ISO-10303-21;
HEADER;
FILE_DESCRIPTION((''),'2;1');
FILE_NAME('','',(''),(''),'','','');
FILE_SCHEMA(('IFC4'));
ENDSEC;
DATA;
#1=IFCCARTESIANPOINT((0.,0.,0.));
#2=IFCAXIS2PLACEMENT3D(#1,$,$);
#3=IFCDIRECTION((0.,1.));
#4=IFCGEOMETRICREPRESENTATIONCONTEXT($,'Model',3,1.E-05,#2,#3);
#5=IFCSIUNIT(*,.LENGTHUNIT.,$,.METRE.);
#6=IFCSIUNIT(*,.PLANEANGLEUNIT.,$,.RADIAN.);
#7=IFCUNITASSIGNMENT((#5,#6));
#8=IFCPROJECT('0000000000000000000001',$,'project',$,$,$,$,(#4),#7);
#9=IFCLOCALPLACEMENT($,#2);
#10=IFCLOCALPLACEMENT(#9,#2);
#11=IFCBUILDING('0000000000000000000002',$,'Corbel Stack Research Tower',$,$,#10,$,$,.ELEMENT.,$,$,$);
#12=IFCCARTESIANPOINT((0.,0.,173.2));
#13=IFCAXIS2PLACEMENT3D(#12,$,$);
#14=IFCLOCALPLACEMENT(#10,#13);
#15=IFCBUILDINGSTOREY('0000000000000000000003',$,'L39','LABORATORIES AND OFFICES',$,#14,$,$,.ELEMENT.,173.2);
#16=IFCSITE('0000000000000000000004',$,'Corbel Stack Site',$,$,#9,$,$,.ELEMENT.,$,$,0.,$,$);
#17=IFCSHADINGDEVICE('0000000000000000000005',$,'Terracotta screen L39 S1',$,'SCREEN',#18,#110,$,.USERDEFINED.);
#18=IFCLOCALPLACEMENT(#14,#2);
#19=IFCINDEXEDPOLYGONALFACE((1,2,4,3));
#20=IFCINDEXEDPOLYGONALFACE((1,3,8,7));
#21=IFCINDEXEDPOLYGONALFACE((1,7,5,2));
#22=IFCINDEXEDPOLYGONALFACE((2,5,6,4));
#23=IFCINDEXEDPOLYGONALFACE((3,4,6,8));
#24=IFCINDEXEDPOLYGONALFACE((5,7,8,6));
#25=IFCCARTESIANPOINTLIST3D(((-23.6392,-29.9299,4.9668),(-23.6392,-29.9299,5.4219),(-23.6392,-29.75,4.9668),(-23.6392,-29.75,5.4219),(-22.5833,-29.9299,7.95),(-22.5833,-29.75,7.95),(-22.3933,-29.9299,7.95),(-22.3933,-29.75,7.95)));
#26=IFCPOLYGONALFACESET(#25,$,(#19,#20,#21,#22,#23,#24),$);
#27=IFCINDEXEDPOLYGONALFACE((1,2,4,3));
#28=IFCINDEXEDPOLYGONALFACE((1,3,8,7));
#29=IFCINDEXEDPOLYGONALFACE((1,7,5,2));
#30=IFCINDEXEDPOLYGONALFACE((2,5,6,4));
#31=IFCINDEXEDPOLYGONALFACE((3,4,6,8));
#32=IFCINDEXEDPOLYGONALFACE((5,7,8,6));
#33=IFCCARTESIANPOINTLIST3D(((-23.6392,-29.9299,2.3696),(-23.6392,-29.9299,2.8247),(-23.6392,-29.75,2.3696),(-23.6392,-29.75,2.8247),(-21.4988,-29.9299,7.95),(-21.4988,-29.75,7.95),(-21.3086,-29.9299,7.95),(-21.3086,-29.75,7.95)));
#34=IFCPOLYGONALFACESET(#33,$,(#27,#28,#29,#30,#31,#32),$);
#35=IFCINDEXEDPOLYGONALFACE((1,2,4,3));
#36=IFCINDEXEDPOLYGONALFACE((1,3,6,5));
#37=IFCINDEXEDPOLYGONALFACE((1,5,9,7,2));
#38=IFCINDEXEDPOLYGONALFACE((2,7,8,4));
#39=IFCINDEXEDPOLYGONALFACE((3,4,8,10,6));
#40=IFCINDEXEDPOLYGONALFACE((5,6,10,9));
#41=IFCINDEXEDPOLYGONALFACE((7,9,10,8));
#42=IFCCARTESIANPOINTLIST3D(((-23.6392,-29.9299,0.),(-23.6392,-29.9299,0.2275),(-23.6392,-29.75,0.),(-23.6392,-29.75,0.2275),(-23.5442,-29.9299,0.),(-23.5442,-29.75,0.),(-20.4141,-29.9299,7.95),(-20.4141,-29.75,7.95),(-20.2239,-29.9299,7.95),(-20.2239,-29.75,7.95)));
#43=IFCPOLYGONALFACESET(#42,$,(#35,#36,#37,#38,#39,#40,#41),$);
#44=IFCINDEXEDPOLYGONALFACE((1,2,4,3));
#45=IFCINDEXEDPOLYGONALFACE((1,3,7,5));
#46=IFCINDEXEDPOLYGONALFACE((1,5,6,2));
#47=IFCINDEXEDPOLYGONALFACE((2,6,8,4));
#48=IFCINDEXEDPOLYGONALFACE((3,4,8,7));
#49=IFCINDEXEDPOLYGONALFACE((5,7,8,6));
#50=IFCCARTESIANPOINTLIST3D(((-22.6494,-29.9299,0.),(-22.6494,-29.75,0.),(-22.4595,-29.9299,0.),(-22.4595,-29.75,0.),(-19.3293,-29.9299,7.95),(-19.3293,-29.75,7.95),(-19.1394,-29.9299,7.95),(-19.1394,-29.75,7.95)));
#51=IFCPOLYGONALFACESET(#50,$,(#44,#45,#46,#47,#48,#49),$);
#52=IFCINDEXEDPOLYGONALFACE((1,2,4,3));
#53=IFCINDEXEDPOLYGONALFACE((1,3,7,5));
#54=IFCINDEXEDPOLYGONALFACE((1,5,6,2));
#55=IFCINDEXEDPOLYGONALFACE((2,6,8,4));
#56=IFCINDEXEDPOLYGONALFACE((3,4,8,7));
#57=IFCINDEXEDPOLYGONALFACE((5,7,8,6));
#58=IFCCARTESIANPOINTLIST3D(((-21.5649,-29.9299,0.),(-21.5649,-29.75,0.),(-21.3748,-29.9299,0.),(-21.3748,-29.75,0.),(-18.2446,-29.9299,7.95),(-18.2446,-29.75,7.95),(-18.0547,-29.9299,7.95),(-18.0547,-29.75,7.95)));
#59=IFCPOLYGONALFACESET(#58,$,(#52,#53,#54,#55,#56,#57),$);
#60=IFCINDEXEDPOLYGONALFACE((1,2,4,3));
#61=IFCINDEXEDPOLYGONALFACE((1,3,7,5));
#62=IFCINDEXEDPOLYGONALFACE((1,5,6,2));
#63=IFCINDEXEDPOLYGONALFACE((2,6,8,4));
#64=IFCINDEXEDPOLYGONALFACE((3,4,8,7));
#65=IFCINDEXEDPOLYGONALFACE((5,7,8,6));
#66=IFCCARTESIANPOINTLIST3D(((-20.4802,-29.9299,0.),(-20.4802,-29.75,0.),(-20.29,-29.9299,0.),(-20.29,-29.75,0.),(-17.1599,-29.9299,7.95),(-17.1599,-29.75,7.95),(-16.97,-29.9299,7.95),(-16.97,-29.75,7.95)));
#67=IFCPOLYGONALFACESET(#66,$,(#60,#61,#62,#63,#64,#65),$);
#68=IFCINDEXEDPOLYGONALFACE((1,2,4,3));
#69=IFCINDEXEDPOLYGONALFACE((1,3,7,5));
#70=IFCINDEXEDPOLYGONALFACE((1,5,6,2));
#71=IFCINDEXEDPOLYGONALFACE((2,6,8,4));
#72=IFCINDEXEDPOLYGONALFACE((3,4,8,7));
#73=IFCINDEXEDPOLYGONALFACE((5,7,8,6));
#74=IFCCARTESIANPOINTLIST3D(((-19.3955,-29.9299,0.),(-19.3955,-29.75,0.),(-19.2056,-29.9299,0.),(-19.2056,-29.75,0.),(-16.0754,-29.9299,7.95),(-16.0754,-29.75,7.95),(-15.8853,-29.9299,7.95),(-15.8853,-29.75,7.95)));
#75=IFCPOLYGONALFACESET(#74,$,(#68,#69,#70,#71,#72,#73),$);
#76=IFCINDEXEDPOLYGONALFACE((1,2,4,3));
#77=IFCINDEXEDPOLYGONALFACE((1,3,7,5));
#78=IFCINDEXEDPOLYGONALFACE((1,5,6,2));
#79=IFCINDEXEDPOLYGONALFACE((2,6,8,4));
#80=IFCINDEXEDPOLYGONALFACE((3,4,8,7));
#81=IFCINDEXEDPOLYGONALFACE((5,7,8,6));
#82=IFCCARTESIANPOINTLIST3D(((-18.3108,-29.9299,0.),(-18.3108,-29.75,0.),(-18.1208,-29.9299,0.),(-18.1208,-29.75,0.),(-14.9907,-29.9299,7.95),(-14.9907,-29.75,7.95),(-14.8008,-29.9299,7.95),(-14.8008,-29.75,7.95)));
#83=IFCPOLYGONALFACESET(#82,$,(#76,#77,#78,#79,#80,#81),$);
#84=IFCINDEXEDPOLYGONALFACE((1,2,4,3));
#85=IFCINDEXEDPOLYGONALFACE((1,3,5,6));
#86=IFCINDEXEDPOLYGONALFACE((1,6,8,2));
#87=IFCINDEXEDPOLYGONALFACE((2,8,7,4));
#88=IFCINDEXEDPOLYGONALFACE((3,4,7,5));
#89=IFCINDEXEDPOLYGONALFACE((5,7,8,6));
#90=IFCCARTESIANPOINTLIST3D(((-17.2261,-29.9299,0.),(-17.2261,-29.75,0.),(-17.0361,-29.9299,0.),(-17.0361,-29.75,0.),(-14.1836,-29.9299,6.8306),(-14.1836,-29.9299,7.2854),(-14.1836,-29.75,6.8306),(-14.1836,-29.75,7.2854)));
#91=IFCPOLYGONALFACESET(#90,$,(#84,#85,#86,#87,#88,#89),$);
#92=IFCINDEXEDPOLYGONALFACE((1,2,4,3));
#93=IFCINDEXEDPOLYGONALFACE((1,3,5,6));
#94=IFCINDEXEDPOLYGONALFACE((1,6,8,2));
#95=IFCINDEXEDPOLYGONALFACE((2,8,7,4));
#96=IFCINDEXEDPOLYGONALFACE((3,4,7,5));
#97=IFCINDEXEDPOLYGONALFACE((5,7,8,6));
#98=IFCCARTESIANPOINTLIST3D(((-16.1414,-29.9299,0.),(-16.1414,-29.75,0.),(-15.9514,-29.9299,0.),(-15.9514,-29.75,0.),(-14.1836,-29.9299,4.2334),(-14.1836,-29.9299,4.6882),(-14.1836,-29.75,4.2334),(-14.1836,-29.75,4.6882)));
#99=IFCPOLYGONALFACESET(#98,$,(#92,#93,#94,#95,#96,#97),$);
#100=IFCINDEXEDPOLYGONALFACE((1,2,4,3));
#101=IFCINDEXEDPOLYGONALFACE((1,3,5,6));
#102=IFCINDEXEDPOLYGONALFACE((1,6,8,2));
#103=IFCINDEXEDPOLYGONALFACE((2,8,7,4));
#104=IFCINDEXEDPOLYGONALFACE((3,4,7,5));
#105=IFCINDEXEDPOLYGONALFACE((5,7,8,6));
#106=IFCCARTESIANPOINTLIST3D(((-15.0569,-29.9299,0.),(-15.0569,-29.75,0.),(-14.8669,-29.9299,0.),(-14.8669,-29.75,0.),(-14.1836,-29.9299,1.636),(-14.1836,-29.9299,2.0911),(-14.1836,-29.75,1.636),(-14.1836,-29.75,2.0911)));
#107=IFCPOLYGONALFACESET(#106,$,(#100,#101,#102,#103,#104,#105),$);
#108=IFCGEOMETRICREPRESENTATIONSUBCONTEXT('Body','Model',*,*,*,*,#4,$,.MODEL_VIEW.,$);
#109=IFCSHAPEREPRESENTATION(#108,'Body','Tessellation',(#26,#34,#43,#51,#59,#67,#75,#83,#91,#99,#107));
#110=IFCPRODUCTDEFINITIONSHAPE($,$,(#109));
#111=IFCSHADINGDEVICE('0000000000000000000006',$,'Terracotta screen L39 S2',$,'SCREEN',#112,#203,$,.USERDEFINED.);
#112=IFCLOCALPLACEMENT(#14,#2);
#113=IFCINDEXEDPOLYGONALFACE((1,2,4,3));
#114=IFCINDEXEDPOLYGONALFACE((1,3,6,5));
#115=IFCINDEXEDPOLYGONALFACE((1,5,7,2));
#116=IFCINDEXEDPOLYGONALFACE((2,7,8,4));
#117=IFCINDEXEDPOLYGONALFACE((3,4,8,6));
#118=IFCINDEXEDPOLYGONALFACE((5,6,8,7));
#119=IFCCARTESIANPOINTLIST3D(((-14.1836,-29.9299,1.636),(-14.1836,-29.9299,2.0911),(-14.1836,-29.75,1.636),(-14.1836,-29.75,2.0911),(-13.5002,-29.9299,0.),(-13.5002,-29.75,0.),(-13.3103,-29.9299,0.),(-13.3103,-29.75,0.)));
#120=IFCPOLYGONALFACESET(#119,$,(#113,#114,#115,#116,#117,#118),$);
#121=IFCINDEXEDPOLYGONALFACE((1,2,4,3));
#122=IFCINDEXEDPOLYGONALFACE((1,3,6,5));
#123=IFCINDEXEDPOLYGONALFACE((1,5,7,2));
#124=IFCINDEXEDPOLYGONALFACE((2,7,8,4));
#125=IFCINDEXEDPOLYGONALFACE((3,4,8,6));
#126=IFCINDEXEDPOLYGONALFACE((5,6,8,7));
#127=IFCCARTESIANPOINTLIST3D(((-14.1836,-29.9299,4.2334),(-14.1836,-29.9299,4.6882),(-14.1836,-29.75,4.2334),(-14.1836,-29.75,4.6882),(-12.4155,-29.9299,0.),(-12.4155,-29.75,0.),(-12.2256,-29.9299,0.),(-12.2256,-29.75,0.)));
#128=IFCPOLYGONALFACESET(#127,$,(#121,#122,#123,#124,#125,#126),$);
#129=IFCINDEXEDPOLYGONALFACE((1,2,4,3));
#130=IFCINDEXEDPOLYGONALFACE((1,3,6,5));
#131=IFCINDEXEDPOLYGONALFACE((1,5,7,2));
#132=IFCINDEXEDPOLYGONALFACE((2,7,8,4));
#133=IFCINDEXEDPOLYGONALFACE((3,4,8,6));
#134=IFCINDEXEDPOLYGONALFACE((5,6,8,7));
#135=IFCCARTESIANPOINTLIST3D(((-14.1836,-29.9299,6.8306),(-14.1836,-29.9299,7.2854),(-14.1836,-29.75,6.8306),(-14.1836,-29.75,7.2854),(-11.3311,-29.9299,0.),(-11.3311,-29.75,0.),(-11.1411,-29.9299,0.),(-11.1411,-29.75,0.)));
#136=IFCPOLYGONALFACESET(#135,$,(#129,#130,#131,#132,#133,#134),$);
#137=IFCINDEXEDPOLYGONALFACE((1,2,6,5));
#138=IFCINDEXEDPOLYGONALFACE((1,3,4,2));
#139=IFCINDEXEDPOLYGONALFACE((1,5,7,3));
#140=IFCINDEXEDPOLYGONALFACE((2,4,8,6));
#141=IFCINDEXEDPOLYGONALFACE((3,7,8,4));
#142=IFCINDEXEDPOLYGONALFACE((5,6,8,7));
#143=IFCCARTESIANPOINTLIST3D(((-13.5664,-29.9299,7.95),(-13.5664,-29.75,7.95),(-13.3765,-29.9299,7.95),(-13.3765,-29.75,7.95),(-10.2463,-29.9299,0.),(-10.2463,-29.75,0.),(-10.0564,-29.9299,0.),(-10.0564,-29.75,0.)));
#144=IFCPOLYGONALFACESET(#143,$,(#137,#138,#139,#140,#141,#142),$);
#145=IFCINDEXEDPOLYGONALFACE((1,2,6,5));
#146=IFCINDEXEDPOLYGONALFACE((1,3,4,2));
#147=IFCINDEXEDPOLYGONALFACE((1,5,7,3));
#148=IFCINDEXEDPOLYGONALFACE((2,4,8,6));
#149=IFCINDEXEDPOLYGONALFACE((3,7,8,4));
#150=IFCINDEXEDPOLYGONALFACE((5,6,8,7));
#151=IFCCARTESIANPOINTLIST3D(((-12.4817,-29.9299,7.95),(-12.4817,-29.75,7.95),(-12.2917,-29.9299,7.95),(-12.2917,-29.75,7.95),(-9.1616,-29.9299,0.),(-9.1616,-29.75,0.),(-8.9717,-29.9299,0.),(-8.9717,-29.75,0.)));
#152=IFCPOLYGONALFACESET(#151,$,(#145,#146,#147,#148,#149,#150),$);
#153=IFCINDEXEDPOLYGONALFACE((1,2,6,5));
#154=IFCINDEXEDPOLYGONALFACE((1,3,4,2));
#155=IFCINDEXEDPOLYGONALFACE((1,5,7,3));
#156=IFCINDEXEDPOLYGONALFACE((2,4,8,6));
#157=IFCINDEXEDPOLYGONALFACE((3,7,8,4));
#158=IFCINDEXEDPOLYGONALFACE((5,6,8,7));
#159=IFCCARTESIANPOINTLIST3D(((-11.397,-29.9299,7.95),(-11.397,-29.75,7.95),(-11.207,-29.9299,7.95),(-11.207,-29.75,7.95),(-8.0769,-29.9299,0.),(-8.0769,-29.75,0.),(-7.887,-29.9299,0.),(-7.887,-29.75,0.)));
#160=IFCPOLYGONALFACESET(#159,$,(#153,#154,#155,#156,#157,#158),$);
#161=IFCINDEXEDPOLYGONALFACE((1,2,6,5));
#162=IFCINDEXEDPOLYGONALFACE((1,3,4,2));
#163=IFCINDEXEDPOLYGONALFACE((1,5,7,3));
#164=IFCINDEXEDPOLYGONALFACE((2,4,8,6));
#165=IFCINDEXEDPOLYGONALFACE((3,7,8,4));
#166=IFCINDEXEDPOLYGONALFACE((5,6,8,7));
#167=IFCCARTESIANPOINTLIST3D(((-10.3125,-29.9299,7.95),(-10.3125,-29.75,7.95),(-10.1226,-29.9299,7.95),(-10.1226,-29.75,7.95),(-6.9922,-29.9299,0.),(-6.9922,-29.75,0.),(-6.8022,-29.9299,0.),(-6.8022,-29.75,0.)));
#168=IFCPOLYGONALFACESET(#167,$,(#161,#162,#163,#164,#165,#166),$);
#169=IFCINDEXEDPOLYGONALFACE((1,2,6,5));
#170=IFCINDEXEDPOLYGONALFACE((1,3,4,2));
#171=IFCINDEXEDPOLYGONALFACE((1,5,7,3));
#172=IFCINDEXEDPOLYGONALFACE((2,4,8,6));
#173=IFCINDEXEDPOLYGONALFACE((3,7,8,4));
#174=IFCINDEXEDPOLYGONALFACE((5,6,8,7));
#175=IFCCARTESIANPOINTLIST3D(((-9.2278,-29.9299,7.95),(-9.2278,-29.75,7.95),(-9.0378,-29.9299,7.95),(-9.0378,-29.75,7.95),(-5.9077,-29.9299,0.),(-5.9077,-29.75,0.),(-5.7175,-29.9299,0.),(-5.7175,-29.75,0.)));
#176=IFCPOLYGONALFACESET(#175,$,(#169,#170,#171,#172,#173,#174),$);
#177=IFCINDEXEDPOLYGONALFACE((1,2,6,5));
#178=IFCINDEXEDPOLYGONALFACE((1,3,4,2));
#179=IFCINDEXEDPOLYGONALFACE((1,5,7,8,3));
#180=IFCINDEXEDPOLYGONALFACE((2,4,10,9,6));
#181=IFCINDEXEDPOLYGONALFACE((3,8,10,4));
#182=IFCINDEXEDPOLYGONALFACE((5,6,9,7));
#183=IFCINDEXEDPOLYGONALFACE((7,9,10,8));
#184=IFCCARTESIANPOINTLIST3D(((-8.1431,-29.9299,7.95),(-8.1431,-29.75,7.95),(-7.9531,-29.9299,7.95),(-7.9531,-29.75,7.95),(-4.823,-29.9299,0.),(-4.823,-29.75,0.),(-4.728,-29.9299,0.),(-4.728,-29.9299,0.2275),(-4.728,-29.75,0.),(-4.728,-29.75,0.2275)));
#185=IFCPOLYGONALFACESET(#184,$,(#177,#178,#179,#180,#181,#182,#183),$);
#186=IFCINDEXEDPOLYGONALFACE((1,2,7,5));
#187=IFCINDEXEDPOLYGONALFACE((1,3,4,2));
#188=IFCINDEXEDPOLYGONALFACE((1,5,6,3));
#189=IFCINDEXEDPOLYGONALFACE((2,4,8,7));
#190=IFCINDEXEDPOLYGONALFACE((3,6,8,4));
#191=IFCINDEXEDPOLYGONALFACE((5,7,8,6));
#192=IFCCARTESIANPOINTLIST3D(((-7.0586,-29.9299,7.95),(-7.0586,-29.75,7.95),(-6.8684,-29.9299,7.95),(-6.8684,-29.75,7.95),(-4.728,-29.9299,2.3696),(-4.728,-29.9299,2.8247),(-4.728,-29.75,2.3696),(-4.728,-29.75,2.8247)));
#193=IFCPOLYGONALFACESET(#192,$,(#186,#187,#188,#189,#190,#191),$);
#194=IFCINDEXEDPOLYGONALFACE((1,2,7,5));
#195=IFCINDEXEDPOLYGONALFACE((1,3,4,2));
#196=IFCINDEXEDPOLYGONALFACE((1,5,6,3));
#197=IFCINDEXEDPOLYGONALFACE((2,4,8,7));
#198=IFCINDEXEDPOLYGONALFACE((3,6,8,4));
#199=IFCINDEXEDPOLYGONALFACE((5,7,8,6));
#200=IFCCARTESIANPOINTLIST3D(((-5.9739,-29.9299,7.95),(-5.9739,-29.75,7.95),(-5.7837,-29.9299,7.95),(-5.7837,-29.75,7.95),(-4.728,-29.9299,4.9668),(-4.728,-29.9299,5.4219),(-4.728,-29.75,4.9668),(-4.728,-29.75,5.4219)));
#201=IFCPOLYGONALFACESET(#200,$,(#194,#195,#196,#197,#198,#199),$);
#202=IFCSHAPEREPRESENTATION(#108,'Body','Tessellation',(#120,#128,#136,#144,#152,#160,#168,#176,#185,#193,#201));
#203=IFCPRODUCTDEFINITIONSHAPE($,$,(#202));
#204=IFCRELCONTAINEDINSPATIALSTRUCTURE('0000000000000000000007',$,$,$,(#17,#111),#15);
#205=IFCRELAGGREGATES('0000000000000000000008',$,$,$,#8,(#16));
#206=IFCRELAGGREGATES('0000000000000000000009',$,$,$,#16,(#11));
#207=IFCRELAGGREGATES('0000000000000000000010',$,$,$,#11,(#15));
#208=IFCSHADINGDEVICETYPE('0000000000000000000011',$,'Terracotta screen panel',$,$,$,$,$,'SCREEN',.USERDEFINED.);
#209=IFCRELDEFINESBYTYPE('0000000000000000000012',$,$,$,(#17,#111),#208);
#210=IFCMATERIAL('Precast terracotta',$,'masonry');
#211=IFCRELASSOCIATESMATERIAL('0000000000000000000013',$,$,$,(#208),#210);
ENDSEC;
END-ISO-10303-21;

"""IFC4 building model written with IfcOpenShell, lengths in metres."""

from ifc_helpers import new_model, si_unit, direction, frame, origin, place, context, subcontext, project, spatial, polyline, outline, extrude, source, transform, mapped, material, type_object, element, save


model = new_model("IFC4")

# Units and contexts
model_context = context("Model", 3, precision=1e-05, world=origin(), true_north=direction((0.0, 1.0)))
body_context = subcontext(model_context, "Body", "Model", "MODEL_VIEW")
ifc_project = project(units=[si_unit("LENGTHUNIT", "METRE"), si_unit("PLANEANGLEUNIT", "RADIAN")], contexts=[model_context])

# Site, building, storey
site_placement = place(None, origin())
site = spatial("IfcSite", under=ifc_project, at=site_placement, Name="Corbel Stack Site", CompositionType="ELEMENT", RefElevation=0.0)
building_placement = place(site_placement, origin())
building = spatial("IfcBuilding", under=site, at=building_placement, Name="Corbel Stack Research Tower", CompositionType="ELEMENT")
storey_placement = place(building_placement, frame((0.0, 0.0, 173.2)))
storey = spatial("IfcBuildingStorey", under=building, at=storey_placement, Name="L39", Description="LABORATORIES AND OFFICES", CompositionType="ELEMENT", Elevation=173.2)

# Shading devices
ifc_material_1 = material(Name="Precast terracotta", Category="masonry")
shading_device_type = type_object("IfcShadingDeviceType", Name="Terracotta screen panel", ElementType="SCREEN", PredefinedType="USERDEFINED", material=ifc_material_1)
shared_shape_1 = source(origin(), body_context, "Body", "SweptSolid", [
    extrude(outline(polyline([(1.2458, 7.95), (1.0559, 7.95), (0.0, 5.4219), (0.0, 4.9668), (1.2458, 7.95)])), frame((0.0, 0.0, 0.0), z_axis=(0.0, -1.0, 0.0), x_axis=(1.0, 0.0, 0.0)), (0.0, 0.0, 1.0), 0.1799),
    extrude(outline(polyline([(2.3306, 7.95), (2.1404, 7.95), (0.0, 2.8247), (0.0, 2.3696), (2.3306, 7.95)])), frame((0.0, 0.0, 0.0), z_axis=(0.0, -1.0, 0.0), x_axis=(1.0, 0.0, 0.0)), (0.0, 0.0, 1.0), 0.1799),
    extrude(outline(polyline([(0.095, 0.0), (3.4153, 7.95), (3.2251, 7.95), (0.0, 0.2275), (0.0, 0.0), (0.095, 0.0)])), frame((0.0, 0.0, 0.0), z_axis=(0.0, -1.0, 0.0), x_axis=(1.0, 0.0, 0.0)), (0.0, 0.0, 1.0), 0.1799),
    extrude(outline(polyline([(1.1797, 0.0), (4.4998, 7.95), (4.3098, 7.95), (0.9897, 0.0), (1.1797, 0.0)])), frame((0.0, 0.0, 0.0), z_axis=(0.0, -1.0, 0.0), x_axis=(1.0, 0.0, 0.0)), (0.0, 0.0, 1.0), 0.1799),
    extrude(outline(polyline([(2.2644, 0.0), (5.5845, 7.95), (5.3945, 7.95), (2.0742, 0.0), (2.2644, 0.0)])), frame((0.0, 0.0, 0.0), z_axis=(0.0, -1.0, 0.0), x_axis=(1.0, 0.0, 0.0)), (0.0, 0.0, 1.0), 0.1799),
    extrude(outline(polyline([(3.3491, 0.0), (6.6692, 7.95), (6.4792, 7.95), (3.1589, 0.0), (3.3491, 0.0)])), frame((0.0, 0.0, 0.0), z_axis=(0.0, -1.0, 0.0), x_axis=(1.0, 0.0, 0.0)), (0.0, 0.0, 1.0), 0.1799),
    extrude(outline(polyline([(4.4336, 0.0), (7.7539, 7.95), (7.5637, 7.95), (4.2437, 0.0), (4.4336, 0.0)])), frame((0.0, 0.0, 0.0), z_axis=(0.0, -1.0, 0.0), x_axis=(1.0, 0.0, 0.0)), (0.0, 0.0, 1.0), 0.1799),
    extrude(outline(polyline([(5.5183, 0.0), (8.8384, 7.95), (8.6484, 7.95), (5.3284, 0.0), (5.5183, 0.0)])), frame((0.0, 0.0, 0.0), z_axis=(0.0, -1.0, 0.0), x_axis=(1.0, 0.0, 0.0)), (0.0, 0.0, 1.0), 0.1799),
    extrude(outline(polyline([(6.603, 0.0), (9.4556, 6.8306), (9.4556, 7.2854), (6.4131, 0.0), (6.603, 0.0)])), frame((0.0, 0.0, 0.0), z_axis=(0.0, -1.0, 0.0), x_axis=(1.0, 0.0, 0.0)), (0.0, 0.0, 1.0), 0.1799),
    extrude(outline(polyline([(7.6877, 0.0), (9.4556, 4.2334), (9.4556, 4.6882), (7.4978, 0.0), (7.6877, 0.0)])), frame((0.0, 0.0, 0.0), z_axis=(0.0, -1.0, 0.0), x_axis=(1.0, 0.0, 0.0)), (0.0, 0.0, 1.0), 0.1799),
    extrude(outline(polyline([(8.7722, 0.0), (9.4556, 1.636), (9.4556, 2.0911), (8.5823, 0.0), (8.7722, 0.0)])), frame((0.0, 0.0, 0.0), z_axis=(0.0, -1.0, 0.0), x_axis=(1.0, 0.0, 0.0)), (0.0, 0.0, 1.0), 0.1799),
])
shading_device_1_placement = place(storey_placement, frame((-23.6392, -29.75, 0.0), z_axis=(0.0, 0.0, 1.0), x_axis=(1.0, 0.0, 0.0)))
element("IfcShadingDevice", 1, at=shading_device_1_placement, inside=storey, type_object=shading_device_type, Name="Terracotta screen L39 S1", ObjectType="SCREEN", PredefinedType="USERDEFINED", context=body_context, shape_type="MappedRepresentation", body=[
    mapped(shared_shape_1, transform((0.0, 0.0, 0.0))),
])
shared_shape_2 = source(origin(), body_context, "Body", "SweptSolid", [
    extrude(outline(polyline([(0.8733, 0.0), (0.0, 2.0911), (0.0, 1.636), (0.6833, 0.0), (0.8733, 0.0)])), frame((0.0, 0.0, 0.0), z_axis=(0.0, -1.0, 0.0), x_axis=(1.0, 0.0, 0.0)), (0.0, 0.0, 1.0), 0.1799),
    extrude(outline(polyline([(1.958, 0.0), (0.0, 4.6882), (0.0, 4.2334), (1.7681, 0.0), (1.958, 0.0)])), frame((0.0, 0.0, 0.0), z_axis=(0.0, -1.0, 0.0), x_axis=(1.0, 0.0, 0.0)), (0.0, 0.0, 1.0), 0.1799),
    extrude(outline(polyline([(3.0425, 0.0), (0.0, 7.2854), (0.0, 6.8306), (2.8525, 0.0), (3.0425, 0.0)])), frame((0.0, 0.0, 0.0), z_axis=(0.0, -1.0, 0.0), x_axis=(1.0, 0.0, 0.0)), (0.0, 0.0, 1.0), 0.1799),
    extrude(outline(polyline([(4.1272, 0.0), (0.8071, 7.95), (0.6172, 7.95), (3.9373, 0.0), (4.1272, 0.0)])), frame((0.0, 0.0, 0.0), z_axis=(0.0, -1.0, 0.0), x_axis=(1.0, 0.0, 0.0)), (0.0, 0.0, 1.0), 0.1799),
    extrude(outline(polyline([(5.2119, 0.0), (1.8918, 7.95), (1.7019, 7.95), (5.022, 0.0), (5.2119, 0.0)])), frame((0.0, 0.0, 0.0), z_axis=(0.0, -1.0, 0.0), x_axis=(1.0, 0.0, 0.0)), (0.0, 0.0, 1.0), 0.1799),
    extrude(outline(polyline([(6.2966, 0.0), (2.9766, 7.95), (2.7866, 7.95), (6.1067, 0.0), (6.2966, 0.0)])), frame((0.0, 0.0, 0.0), z_axis=(0.0, -1.0, 0.0), x_axis=(1.0, 0.0, 0.0)), (0.0, 0.0, 1.0), 0.1799),
    extrude(outline(polyline([(7.3813, 0.0), (4.061, 7.95), (3.8711, 7.95), (7.1914, 0.0), (7.3813, 0.0)])), frame((0.0, 0.0, 0.0), z_axis=(0.0, -1.0, 0.0), x_axis=(1.0, 0.0, 0.0)), (0.0, 0.0, 1.0), 0.1799),
    extrude(outline(polyline([(8.4661, 0.0), (5.1458, 7.95), (4.9558, 7.95), (8.2759, 0.0), (8.4661, 0.0)])), frame((0.0, 0.0, 0.0), z_axis=(0.0, -1.0, 0.0), x_axis=(1.0, 0.0, 0.0)), (0.0, 0.0, 1.0), 0.1799),
    extrude(outline(polyline([(9.4556, 0.0), (9.4556, 0.2275), (6.2305, 7.95), (6.0405, 7.95), (9.3606, 0.0), (9.4556, 0.0)])), frame((0.0, 0.0, 0.0), z_axis=(0.0, -1.0, 0.0), x_axis=(1.0, 0.0, 0.0)), (0.0, 0.0, 1.0), 0.1799),
    extrude(outline(polyline([(7.3152, 7.95), (7.125, 7.95), (9.4556, 2.3696), (9.4556, 2.8247), (7.3152, 7.95)])), frame((0.0, 0.0, 0.0), z_axis=(0.0, -1.0, 0.0), x_axis=(1.0, 0.0, 0.0)), (0.0, 0.0, 1.0), 0.1799),
    extrude(outline(polyline([(8.3999, 7.95), (8.2097, 7.95), (9.4556, 4.9668), (9.4556, 5.4219), (8.3999, 7.95)])), frame((0.0, 0.0, 0.0), z_axis=(0.0, -1.0, 0.0), x_axis=(1.0, 0.0, 0.0)), (0.0, 0.0, 1.0), 0.1799),
])
shading_device_2_placement = place(storey_placement, frame((-14.1836, -29.75, 0.0), z_axis=(0.0, 0.0, 1.0), x_axis=(1.0, 0.0, 0.0)))
element("IfcShadingDevice", 2, at=shading_device_2_placement, inside=storey, type_object=shading_device_type, Name="Terracotta screen L39 S2", ObjectType="SCREEN", PredefinedType="USERDEFINED", context=body_context, shape_type="MappedRepresentation", body=[
    mapped(shared_shape_2, transform((0.0, 0.0, 0.0))),
])

save(model, "model.ifc")
